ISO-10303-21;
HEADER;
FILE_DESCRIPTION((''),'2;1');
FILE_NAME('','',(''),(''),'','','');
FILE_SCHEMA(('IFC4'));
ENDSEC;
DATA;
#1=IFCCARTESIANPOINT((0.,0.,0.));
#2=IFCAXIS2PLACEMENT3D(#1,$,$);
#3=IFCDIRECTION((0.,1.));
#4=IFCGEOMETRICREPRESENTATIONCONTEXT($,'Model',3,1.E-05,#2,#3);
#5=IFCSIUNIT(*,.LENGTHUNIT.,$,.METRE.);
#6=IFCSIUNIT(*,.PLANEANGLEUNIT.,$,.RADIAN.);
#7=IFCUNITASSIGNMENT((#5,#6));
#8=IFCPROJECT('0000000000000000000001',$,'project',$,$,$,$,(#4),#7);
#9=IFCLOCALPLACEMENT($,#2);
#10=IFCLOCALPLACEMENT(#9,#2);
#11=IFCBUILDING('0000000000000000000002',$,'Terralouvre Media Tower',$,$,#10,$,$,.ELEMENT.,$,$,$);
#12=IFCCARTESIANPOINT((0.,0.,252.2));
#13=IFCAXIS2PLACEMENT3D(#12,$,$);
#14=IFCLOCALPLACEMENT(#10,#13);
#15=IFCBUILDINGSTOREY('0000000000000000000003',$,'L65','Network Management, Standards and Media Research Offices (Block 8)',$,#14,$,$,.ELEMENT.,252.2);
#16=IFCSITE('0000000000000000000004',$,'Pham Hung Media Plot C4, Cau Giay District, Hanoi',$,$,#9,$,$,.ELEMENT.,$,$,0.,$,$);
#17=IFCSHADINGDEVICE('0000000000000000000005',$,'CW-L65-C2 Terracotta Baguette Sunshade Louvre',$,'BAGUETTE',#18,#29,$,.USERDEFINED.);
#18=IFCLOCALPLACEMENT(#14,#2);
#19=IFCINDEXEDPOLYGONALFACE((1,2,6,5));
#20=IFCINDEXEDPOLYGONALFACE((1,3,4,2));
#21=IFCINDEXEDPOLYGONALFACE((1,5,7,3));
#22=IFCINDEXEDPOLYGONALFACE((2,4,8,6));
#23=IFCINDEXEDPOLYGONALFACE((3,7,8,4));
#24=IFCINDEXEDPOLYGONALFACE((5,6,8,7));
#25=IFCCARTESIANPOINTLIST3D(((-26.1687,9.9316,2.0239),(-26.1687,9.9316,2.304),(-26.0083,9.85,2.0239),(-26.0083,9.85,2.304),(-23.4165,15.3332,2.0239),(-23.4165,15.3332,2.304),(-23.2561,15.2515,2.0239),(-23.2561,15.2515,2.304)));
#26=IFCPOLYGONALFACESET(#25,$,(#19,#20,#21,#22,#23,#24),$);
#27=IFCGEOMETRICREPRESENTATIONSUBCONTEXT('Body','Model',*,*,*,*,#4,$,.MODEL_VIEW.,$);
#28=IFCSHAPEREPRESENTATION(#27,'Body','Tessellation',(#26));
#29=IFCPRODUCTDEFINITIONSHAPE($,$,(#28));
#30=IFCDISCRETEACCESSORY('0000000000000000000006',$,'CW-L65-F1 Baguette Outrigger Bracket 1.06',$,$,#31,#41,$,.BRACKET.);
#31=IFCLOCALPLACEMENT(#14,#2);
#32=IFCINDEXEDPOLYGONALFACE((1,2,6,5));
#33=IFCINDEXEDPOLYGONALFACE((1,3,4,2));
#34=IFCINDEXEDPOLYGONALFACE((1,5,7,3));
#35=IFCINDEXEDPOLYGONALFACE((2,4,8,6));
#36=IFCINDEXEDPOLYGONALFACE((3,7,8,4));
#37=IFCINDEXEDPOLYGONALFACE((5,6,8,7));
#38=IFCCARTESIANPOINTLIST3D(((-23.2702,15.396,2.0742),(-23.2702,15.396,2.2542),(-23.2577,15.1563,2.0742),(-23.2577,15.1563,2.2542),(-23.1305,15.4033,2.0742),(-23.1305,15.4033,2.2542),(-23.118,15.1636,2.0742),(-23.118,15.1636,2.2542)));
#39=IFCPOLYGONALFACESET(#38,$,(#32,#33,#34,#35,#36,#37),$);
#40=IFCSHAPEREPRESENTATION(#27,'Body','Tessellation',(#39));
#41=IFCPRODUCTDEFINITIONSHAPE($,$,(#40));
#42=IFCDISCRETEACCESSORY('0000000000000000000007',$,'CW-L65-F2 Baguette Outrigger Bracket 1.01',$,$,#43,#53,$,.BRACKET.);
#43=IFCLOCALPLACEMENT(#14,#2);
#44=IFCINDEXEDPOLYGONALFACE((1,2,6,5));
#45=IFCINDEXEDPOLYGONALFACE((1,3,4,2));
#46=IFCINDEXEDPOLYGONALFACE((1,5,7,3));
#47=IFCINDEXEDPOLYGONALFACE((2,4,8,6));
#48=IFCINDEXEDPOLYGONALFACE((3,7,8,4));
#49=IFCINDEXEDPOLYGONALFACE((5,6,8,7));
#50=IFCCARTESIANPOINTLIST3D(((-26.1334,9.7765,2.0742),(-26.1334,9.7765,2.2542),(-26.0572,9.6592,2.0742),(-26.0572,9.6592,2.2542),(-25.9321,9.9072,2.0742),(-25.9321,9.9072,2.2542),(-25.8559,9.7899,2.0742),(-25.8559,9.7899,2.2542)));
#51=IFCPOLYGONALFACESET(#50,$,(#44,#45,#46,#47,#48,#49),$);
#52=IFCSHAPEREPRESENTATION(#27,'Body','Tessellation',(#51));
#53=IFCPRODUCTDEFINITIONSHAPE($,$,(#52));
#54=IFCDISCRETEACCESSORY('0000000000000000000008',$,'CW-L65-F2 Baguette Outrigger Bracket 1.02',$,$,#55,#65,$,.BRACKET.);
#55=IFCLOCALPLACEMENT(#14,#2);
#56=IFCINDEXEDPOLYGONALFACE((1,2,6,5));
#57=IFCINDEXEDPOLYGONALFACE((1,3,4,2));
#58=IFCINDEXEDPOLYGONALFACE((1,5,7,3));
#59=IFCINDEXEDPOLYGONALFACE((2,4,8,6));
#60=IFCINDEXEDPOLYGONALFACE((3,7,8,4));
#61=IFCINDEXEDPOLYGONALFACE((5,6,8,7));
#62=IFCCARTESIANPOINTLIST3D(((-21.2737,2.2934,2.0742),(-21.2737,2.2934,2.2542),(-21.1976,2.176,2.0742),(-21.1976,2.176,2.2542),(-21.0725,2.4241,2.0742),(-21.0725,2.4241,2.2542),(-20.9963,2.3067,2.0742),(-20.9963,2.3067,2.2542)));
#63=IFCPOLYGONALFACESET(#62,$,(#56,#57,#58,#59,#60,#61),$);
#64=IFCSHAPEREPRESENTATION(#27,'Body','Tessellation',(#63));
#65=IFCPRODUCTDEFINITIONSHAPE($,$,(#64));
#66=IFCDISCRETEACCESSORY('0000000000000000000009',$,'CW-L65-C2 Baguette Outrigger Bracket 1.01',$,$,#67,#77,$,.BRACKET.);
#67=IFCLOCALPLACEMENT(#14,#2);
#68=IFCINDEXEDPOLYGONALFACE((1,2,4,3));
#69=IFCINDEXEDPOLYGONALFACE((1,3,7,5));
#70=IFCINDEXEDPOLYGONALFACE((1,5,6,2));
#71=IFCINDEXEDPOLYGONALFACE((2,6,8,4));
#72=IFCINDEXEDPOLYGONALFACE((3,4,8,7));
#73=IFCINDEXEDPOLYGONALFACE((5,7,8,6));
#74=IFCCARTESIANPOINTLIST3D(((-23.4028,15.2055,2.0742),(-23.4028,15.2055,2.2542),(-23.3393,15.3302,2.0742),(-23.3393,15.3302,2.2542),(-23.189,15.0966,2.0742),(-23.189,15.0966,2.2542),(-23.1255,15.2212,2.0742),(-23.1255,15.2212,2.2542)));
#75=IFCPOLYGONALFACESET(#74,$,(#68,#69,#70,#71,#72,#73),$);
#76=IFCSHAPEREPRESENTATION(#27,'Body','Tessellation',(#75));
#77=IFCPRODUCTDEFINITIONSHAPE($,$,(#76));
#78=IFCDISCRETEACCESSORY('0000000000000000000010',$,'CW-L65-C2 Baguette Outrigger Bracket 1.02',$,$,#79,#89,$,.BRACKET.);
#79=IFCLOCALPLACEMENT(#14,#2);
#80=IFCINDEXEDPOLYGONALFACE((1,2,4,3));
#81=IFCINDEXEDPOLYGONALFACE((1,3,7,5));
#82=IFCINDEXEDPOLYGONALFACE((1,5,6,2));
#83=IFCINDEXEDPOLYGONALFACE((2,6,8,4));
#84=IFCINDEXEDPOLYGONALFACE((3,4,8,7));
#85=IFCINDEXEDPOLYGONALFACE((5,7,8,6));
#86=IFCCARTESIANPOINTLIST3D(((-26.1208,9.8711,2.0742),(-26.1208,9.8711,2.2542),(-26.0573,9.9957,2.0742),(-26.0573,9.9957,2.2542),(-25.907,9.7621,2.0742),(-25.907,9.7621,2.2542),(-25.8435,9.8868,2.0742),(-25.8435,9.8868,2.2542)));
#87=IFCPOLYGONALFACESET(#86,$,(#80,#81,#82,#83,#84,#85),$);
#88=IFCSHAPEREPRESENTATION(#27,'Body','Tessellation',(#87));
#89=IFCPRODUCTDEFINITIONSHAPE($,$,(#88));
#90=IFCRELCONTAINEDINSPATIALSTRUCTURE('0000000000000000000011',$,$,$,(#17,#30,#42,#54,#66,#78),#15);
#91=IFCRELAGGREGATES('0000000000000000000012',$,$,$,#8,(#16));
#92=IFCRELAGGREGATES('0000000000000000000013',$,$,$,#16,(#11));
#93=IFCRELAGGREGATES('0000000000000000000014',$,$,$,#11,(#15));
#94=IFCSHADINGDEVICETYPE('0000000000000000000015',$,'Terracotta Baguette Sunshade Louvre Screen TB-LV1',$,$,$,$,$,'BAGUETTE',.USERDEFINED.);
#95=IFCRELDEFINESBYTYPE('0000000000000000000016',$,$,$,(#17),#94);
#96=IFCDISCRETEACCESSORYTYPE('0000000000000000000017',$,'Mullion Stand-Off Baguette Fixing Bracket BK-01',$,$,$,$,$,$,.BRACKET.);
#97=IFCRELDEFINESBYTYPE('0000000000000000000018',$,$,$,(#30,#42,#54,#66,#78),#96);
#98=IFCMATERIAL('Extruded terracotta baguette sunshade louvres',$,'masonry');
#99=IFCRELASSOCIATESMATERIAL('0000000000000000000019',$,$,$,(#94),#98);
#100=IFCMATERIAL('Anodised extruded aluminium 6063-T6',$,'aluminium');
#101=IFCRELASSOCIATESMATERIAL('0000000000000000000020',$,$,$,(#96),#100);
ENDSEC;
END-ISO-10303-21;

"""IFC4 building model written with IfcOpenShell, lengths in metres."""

from ifc_helpers import new_model, si_unit, direction, frame, origin, origin_2d, place, context, subcontext, project, spatial, rectangle, extrude, material, type_object, element, save


model = new_model("IFC4")

# Units and contexts
model_context = context("Model", 3, precision=1e-05, world=origin(), true_north=direction((0.0, 1.0)))
body_context = subcontext(model_context, "Body", "Model", "MODEL_VIEW")
ifc_project = project(units=[si_unit("LENGTHUNIT", "METRE"), si_unit("PLANEANGLEUNIT", "RADIAN")], contexts=[model_context])

# Site, building, storey
site_placement = place(None, origin())
site = spatial("IfcSite", under=ifc_project, at=site_placement, Name="Pham Hung Media Plot C4, Cau Giay District, Hanoi", CompositionType="ELEMENT", RefElevation=0.0)
building_placement = place(site_placement, origin())
building = spatial("IfcBuilding", under=site, at=building_placement, Name="Terralouvre Media Tower", CompositionType="ELEMENT")
storey_placement = place(building_placement, frame((0.0, 0.0, 252.2)))
storey = spatial("IfcBuildingStorey", under=building, at=storey_placement, Name="L65", Description="Network Management, Standards and Media Research Offices (Block 8)", CompositionType="ELEMENT", Elevation=252.2)

# Shading device
ifc_material_1 = material(Name="Extruded terracotta baguette sunshade louvres", Category="masonry")
shading_device_type = type_object("IfcShadingDeviceType", Name="Terracotta Baguette Sunshade Louvre Screen TB-LV1", ElementType="BAGUETTE", PredefinedType="USERDEFINED", material=ifc_material_1)
shading_device_placement = place(storey_placement, frame((-24.7124, 12.5916, 2.0239), z_axis=(0.0, 0.0, 1.0), x_axis=(-0.45399, -0.891007, 0.0)))
element("IfcShadingDevice", 1, at=shading_device_placement, inside=storey, type_object=shading_device_type, Name="CW-L65-C2 Terracotta Baguette Sunshade Louvre", ObjectType="BAGUETTE", PredefinedType="USERDEFINED", context=body_context, shape_type="SweptSolid", body=[
    extrude(rectangle(XDim=6.0623, YDim=0.1799, at=origin_2d()), origin(), (0.0, 0.0, 1.0), 0.28),
])

# Discrete accessories
ifc_material_2 = material(Name="Anodised extruded aluminium 6063-T6", Category="aluminium")
discrete_accessory_type = type_object("IfcDiscreteAccessoryType", Name="Mullion Stand-Off Baguette Fixing Bracket BK-01", PredefinedType="BRACKET", material=ifc_material_2)
for number, where, z_axis, x_axis, name in (
    (2, (-23.1941, 15.2798, 2.0742), (0.0, 0.0, 1.0), (-0.99863, -0.052336, 0.0), "CW-L65-F1 Baguette Outrigger Bracket 1.06"),
    (3, (-25.9946, 9.7832, 2.0742), (0.0, 0.0, 1.0), (0.544639, -0.838671, 0.0), "CW-L65-F2 Baguette Outrigger Bracket 1.01"),
    (4, (-21.135, 2.3, 2.0742), (0.0, 0.0, 1.0), (0.544639, -0.838671, 0.0), "CW-L65-F2 Baguette Outrigger Bracket 1.02"),
    (5, (-23.2642, 15.2134, 2.0742), (0.0, 0.0, 1.0), (-0.45399, -0.891007, 0.0), "CW-L65-C2 Baguette Outrigger Bracket 1.01"),
    (6, (-25.9822, 9.8789, 2.0742), (0.0, 0.0, 1.0), (-0.45399, -0.891007, 0.0), "CW-L65-C2 Baguette Outrigger Bracket 1.02"),
):
    element("IfcDiscreteAccessory", number, at=place(storey_placement, frame(where, z_axis=z_axis, x_axis=x_axis)), inside=storey, type_object=discrete_accessory_type, Name=name, PredefinedType="BRACKET", context=body_context, shape_type="SweptSolid", body=[
        extrude(rectangle(XDim=0.1399, YDim=0.24, at=origin_2d()), origin(), (0.0, 0.0, 1.0), 0.1799),
    ])

save(model, "model.ifc")
